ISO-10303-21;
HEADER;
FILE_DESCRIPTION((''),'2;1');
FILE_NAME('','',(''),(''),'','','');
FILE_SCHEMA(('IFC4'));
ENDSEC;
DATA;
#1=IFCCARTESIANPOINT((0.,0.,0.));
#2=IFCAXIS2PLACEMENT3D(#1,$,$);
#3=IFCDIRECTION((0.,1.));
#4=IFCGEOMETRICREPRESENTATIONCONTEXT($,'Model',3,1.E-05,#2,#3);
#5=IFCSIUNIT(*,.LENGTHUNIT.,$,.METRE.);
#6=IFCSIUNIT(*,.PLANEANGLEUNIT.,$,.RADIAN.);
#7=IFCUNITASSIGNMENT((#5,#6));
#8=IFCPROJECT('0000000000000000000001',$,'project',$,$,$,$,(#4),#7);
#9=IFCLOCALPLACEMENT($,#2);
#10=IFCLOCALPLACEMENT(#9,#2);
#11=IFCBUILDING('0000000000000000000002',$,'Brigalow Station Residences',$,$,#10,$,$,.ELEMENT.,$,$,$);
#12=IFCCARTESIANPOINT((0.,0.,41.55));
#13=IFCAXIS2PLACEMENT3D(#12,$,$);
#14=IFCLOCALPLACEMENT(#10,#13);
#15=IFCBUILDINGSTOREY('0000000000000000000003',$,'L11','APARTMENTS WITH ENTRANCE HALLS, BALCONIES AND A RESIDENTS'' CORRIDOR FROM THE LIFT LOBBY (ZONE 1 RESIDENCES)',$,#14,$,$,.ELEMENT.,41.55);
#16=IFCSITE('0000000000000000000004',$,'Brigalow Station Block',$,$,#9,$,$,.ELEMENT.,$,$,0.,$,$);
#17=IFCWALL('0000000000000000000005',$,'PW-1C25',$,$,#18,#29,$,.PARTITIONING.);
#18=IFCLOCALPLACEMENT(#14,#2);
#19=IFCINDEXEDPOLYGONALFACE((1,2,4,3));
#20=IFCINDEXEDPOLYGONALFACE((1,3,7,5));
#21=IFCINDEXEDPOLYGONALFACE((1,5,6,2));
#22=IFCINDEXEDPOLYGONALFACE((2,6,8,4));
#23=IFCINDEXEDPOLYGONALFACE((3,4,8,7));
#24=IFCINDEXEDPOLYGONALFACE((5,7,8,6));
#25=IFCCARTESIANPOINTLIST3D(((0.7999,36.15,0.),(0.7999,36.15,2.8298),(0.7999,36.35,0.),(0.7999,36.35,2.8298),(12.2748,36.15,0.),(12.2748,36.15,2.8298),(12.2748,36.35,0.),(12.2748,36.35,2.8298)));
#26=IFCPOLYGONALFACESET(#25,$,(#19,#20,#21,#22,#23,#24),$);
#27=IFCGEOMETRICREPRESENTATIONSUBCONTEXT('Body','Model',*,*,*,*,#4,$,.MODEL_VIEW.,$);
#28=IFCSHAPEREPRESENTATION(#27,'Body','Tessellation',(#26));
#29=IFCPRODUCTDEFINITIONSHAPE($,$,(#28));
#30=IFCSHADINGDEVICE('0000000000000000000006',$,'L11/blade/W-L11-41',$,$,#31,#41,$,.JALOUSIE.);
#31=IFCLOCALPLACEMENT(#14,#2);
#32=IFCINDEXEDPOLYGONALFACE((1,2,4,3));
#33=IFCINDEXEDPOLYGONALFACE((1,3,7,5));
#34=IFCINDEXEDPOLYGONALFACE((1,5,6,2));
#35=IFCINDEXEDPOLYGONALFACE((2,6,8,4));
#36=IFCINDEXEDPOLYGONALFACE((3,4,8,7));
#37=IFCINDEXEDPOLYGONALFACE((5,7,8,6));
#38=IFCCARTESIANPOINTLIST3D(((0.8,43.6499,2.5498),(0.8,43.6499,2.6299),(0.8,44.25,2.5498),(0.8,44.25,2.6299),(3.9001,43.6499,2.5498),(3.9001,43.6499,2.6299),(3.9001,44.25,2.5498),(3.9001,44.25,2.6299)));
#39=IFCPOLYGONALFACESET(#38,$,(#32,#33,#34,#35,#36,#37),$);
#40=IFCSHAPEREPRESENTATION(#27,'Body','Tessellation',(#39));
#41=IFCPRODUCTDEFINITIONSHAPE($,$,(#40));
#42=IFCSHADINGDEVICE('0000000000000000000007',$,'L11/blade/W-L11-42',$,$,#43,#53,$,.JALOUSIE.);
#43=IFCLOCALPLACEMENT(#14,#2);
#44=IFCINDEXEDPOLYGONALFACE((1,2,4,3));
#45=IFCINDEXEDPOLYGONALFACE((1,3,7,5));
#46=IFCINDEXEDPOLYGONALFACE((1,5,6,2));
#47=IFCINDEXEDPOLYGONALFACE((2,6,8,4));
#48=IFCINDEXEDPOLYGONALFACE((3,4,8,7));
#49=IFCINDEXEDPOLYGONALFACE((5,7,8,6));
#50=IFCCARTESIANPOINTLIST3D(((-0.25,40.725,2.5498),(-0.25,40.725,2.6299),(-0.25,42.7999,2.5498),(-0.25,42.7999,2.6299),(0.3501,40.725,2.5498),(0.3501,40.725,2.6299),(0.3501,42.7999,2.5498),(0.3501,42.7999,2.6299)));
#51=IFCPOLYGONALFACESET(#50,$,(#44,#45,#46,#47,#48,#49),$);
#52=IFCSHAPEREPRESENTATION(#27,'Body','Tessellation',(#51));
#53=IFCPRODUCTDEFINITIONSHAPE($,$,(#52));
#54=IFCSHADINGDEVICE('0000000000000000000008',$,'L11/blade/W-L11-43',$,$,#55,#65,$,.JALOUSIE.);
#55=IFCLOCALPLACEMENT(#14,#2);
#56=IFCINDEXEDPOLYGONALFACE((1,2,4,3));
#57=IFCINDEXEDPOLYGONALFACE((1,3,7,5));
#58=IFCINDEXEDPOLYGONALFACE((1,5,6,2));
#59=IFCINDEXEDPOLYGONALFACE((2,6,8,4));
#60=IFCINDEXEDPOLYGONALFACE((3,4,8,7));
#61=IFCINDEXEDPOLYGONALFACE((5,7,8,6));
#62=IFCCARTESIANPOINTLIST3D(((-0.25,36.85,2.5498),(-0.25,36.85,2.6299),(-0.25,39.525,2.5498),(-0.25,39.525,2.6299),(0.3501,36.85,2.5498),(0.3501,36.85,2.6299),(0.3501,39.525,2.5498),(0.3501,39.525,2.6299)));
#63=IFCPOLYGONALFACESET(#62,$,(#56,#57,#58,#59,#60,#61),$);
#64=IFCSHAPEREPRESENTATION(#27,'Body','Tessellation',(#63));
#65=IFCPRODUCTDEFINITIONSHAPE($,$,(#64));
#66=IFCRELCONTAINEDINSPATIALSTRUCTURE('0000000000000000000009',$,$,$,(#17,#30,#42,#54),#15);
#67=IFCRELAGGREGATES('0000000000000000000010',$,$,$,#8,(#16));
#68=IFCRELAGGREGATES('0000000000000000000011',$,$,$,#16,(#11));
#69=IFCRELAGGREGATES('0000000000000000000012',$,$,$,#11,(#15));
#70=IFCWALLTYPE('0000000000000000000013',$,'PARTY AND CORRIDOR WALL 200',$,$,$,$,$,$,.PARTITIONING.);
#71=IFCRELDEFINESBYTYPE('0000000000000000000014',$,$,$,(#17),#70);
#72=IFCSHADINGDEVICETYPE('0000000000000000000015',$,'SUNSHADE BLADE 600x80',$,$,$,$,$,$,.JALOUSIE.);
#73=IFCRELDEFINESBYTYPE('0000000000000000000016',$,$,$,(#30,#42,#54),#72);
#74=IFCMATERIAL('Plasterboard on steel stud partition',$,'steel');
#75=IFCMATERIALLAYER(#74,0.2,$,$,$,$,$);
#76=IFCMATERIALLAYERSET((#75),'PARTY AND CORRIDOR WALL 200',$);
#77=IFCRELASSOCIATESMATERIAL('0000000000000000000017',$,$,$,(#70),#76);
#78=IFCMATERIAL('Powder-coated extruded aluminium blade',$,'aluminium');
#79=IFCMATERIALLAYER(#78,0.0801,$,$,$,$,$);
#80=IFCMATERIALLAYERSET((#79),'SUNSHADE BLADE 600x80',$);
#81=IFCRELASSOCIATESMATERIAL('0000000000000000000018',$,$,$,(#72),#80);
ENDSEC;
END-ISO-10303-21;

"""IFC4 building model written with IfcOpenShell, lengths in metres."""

from ifc_helpers import new_model, si_unit, direction, frame, frame_2d, origin, origin_2d, place, context, subcontext, project, spatial, rectangle, extrude, material, layer, layer_set, type_object, element, save


model = new_model("IFC4")

# Units and contexts
model_context = context("Model", 3, precision=1e-05, world=origin(), true_north=direction((0.0, 1.0)))
body_context = subcontext(model_context, "Body", "Model", "MODEL_VIEW")
ifc_project = project(units=[si_unit("LENGTHUNIT", "METRE"), si_unit("PLANEANGLEUNIT", "RADIAN")], contexts=[model_context])

# Site, building, storey
site_placement = place(None, origin())
site = spatial("IfcSite", under=ifc_project, at=site_placement, Name="Brigalow Station Block", CompositionType="ELEMENT", RefElevation=0.0)
building_placement = place(site_placement, origin())
building = spatial("IfcBuilding", under=site, at=building_placement, Name="Brigalow Station Residences", CompositionType="ELEMENT")
storey_placement = place(building_placement, frame((0.0, 0.0, 41.55)))
storey = spatial("IfcBuildingStorey", under=building, at=storey_placement, Name="L11", Description="APARTMENTS WITH ENTRANCE HALLS, BALCONIES AND A RESIDENTS' CORRIDOR FROM THE LIFT LOBBY (ZONE 1 RESIDENCES)", CompositionType="ELEMENT", Elevation=41.55)

# Wall
ifc_material_1 = material(Name="Plasterboard on steel stud partition", Category="steel")
ifc_layer_1 = layer(ifc_material_1, 0.2)
ifc_layer_set_1 = layer_set([ifc_layer_1], Name="PARTY AND CORRIDOR WALL 200")
wall_type_1 = type_object("IfcWallType", Name="PARTY AND CORRIDOR WALL 200", PredefinedType="PARTITIONING", material=ifc_layer_set_1)
wall_1_placement = place(storey_placement, frame((0.8, 36.25, 0.0), z_axis=(0.0, 0.0, 1.0), x_axis=(1.0, 0.0, 0.0)))
element("IfcWall", 1, at=wall_1_placement, inside=storey, type_object=wall_type_1, Name="PW-1C25", PredefinedType="PARTITIONING", context=body_context, shape_type="SweptSolid", body=[
    extrude(rectangle(XDim=11.4749, YDim=0.2, at=frame_2d((5.7373, 0.0))), origin(), (0.0, 0.0, 1.0), 2.8298),
])

# Shading devices
ifc_material_2 = material(Name="Powder-coated extruded aluminium blade", Category="aluminium")
ifc_layer_2 = layer(ifc_material_2, 0.0801)
ifc_layer_set_2 = layer_set([ifc_layer_2], Name="SUNSHADE BLADE 600x80")
shading_device_type = type_object("IfcShadingDeviceType", Name="SUNSHADE BLADE 600x80", PredefinedType="JALOUSIE", material=ifc_layer_set_2)
shading_device_1_placement = place(storey_placement, frame((2.3501, 43.95, 2.5498), z_axis=(0.0, 0.0, 1.0), x_axis=(-1.0, 0.0, 0.0)))
element("IfcShadingDevice", 2, at=shading_device_1_placement, inside=storey, type_object=shading_device_type, Name="L11/blade/W-L11-41", PredefinedType="JALOUSIE", context=body_context, shape_type="SweptSolid", body=[
    extrude(rectangle(XDim=3.1001, YDim=0.6001, at=origin_2d()), origin(), (0.0, 0.0, 1.0), 0.0801),
])
shading_device_2_placement = place(storey_placement, frame((0.05, 41.7625, 2.5498), z_axis=(0.0, 0.0, 1.0), x_axis=(0.0, -1.0, 0.0)))
element("IfcShadingDevice", 3, at=shading_device_2_placement, inside=storey, type_object=shading_device_type, Name="L11/blade/W-L11-42", PredefinedType="JALOUSIE", context=body_context, shape_type="SweptSolid", body=[
    extrude(rectangle(XDim=2.075, YDim=0.6001, at=origin_2d()), origin(), (0.0, 0.0, 1.0), 0.0801),
])
shading_device_3_placement = place(storey_placement, frame((0.05, 38.1875, 2.5498), z_axis=(0.0, 0.0, 1.0), x_axis=(0.0, -1.0, 0.0)))
element("IfcShadingDevice", 4, at=shading_device_3_placement, inside=storey, type_object=shading_device_type, Name="L11/blade/W-L11-43", PredefinedType="JALOUSIE", context=body_context, shape_type="SweptSolid", body=[
    extrude(rectangle(XDim=2.675, YDim=0.6001, at=origin_2d()), origin(), (0.0, 0.0, 1.0), 0.0801),
])

save(model, "model.ifc")
